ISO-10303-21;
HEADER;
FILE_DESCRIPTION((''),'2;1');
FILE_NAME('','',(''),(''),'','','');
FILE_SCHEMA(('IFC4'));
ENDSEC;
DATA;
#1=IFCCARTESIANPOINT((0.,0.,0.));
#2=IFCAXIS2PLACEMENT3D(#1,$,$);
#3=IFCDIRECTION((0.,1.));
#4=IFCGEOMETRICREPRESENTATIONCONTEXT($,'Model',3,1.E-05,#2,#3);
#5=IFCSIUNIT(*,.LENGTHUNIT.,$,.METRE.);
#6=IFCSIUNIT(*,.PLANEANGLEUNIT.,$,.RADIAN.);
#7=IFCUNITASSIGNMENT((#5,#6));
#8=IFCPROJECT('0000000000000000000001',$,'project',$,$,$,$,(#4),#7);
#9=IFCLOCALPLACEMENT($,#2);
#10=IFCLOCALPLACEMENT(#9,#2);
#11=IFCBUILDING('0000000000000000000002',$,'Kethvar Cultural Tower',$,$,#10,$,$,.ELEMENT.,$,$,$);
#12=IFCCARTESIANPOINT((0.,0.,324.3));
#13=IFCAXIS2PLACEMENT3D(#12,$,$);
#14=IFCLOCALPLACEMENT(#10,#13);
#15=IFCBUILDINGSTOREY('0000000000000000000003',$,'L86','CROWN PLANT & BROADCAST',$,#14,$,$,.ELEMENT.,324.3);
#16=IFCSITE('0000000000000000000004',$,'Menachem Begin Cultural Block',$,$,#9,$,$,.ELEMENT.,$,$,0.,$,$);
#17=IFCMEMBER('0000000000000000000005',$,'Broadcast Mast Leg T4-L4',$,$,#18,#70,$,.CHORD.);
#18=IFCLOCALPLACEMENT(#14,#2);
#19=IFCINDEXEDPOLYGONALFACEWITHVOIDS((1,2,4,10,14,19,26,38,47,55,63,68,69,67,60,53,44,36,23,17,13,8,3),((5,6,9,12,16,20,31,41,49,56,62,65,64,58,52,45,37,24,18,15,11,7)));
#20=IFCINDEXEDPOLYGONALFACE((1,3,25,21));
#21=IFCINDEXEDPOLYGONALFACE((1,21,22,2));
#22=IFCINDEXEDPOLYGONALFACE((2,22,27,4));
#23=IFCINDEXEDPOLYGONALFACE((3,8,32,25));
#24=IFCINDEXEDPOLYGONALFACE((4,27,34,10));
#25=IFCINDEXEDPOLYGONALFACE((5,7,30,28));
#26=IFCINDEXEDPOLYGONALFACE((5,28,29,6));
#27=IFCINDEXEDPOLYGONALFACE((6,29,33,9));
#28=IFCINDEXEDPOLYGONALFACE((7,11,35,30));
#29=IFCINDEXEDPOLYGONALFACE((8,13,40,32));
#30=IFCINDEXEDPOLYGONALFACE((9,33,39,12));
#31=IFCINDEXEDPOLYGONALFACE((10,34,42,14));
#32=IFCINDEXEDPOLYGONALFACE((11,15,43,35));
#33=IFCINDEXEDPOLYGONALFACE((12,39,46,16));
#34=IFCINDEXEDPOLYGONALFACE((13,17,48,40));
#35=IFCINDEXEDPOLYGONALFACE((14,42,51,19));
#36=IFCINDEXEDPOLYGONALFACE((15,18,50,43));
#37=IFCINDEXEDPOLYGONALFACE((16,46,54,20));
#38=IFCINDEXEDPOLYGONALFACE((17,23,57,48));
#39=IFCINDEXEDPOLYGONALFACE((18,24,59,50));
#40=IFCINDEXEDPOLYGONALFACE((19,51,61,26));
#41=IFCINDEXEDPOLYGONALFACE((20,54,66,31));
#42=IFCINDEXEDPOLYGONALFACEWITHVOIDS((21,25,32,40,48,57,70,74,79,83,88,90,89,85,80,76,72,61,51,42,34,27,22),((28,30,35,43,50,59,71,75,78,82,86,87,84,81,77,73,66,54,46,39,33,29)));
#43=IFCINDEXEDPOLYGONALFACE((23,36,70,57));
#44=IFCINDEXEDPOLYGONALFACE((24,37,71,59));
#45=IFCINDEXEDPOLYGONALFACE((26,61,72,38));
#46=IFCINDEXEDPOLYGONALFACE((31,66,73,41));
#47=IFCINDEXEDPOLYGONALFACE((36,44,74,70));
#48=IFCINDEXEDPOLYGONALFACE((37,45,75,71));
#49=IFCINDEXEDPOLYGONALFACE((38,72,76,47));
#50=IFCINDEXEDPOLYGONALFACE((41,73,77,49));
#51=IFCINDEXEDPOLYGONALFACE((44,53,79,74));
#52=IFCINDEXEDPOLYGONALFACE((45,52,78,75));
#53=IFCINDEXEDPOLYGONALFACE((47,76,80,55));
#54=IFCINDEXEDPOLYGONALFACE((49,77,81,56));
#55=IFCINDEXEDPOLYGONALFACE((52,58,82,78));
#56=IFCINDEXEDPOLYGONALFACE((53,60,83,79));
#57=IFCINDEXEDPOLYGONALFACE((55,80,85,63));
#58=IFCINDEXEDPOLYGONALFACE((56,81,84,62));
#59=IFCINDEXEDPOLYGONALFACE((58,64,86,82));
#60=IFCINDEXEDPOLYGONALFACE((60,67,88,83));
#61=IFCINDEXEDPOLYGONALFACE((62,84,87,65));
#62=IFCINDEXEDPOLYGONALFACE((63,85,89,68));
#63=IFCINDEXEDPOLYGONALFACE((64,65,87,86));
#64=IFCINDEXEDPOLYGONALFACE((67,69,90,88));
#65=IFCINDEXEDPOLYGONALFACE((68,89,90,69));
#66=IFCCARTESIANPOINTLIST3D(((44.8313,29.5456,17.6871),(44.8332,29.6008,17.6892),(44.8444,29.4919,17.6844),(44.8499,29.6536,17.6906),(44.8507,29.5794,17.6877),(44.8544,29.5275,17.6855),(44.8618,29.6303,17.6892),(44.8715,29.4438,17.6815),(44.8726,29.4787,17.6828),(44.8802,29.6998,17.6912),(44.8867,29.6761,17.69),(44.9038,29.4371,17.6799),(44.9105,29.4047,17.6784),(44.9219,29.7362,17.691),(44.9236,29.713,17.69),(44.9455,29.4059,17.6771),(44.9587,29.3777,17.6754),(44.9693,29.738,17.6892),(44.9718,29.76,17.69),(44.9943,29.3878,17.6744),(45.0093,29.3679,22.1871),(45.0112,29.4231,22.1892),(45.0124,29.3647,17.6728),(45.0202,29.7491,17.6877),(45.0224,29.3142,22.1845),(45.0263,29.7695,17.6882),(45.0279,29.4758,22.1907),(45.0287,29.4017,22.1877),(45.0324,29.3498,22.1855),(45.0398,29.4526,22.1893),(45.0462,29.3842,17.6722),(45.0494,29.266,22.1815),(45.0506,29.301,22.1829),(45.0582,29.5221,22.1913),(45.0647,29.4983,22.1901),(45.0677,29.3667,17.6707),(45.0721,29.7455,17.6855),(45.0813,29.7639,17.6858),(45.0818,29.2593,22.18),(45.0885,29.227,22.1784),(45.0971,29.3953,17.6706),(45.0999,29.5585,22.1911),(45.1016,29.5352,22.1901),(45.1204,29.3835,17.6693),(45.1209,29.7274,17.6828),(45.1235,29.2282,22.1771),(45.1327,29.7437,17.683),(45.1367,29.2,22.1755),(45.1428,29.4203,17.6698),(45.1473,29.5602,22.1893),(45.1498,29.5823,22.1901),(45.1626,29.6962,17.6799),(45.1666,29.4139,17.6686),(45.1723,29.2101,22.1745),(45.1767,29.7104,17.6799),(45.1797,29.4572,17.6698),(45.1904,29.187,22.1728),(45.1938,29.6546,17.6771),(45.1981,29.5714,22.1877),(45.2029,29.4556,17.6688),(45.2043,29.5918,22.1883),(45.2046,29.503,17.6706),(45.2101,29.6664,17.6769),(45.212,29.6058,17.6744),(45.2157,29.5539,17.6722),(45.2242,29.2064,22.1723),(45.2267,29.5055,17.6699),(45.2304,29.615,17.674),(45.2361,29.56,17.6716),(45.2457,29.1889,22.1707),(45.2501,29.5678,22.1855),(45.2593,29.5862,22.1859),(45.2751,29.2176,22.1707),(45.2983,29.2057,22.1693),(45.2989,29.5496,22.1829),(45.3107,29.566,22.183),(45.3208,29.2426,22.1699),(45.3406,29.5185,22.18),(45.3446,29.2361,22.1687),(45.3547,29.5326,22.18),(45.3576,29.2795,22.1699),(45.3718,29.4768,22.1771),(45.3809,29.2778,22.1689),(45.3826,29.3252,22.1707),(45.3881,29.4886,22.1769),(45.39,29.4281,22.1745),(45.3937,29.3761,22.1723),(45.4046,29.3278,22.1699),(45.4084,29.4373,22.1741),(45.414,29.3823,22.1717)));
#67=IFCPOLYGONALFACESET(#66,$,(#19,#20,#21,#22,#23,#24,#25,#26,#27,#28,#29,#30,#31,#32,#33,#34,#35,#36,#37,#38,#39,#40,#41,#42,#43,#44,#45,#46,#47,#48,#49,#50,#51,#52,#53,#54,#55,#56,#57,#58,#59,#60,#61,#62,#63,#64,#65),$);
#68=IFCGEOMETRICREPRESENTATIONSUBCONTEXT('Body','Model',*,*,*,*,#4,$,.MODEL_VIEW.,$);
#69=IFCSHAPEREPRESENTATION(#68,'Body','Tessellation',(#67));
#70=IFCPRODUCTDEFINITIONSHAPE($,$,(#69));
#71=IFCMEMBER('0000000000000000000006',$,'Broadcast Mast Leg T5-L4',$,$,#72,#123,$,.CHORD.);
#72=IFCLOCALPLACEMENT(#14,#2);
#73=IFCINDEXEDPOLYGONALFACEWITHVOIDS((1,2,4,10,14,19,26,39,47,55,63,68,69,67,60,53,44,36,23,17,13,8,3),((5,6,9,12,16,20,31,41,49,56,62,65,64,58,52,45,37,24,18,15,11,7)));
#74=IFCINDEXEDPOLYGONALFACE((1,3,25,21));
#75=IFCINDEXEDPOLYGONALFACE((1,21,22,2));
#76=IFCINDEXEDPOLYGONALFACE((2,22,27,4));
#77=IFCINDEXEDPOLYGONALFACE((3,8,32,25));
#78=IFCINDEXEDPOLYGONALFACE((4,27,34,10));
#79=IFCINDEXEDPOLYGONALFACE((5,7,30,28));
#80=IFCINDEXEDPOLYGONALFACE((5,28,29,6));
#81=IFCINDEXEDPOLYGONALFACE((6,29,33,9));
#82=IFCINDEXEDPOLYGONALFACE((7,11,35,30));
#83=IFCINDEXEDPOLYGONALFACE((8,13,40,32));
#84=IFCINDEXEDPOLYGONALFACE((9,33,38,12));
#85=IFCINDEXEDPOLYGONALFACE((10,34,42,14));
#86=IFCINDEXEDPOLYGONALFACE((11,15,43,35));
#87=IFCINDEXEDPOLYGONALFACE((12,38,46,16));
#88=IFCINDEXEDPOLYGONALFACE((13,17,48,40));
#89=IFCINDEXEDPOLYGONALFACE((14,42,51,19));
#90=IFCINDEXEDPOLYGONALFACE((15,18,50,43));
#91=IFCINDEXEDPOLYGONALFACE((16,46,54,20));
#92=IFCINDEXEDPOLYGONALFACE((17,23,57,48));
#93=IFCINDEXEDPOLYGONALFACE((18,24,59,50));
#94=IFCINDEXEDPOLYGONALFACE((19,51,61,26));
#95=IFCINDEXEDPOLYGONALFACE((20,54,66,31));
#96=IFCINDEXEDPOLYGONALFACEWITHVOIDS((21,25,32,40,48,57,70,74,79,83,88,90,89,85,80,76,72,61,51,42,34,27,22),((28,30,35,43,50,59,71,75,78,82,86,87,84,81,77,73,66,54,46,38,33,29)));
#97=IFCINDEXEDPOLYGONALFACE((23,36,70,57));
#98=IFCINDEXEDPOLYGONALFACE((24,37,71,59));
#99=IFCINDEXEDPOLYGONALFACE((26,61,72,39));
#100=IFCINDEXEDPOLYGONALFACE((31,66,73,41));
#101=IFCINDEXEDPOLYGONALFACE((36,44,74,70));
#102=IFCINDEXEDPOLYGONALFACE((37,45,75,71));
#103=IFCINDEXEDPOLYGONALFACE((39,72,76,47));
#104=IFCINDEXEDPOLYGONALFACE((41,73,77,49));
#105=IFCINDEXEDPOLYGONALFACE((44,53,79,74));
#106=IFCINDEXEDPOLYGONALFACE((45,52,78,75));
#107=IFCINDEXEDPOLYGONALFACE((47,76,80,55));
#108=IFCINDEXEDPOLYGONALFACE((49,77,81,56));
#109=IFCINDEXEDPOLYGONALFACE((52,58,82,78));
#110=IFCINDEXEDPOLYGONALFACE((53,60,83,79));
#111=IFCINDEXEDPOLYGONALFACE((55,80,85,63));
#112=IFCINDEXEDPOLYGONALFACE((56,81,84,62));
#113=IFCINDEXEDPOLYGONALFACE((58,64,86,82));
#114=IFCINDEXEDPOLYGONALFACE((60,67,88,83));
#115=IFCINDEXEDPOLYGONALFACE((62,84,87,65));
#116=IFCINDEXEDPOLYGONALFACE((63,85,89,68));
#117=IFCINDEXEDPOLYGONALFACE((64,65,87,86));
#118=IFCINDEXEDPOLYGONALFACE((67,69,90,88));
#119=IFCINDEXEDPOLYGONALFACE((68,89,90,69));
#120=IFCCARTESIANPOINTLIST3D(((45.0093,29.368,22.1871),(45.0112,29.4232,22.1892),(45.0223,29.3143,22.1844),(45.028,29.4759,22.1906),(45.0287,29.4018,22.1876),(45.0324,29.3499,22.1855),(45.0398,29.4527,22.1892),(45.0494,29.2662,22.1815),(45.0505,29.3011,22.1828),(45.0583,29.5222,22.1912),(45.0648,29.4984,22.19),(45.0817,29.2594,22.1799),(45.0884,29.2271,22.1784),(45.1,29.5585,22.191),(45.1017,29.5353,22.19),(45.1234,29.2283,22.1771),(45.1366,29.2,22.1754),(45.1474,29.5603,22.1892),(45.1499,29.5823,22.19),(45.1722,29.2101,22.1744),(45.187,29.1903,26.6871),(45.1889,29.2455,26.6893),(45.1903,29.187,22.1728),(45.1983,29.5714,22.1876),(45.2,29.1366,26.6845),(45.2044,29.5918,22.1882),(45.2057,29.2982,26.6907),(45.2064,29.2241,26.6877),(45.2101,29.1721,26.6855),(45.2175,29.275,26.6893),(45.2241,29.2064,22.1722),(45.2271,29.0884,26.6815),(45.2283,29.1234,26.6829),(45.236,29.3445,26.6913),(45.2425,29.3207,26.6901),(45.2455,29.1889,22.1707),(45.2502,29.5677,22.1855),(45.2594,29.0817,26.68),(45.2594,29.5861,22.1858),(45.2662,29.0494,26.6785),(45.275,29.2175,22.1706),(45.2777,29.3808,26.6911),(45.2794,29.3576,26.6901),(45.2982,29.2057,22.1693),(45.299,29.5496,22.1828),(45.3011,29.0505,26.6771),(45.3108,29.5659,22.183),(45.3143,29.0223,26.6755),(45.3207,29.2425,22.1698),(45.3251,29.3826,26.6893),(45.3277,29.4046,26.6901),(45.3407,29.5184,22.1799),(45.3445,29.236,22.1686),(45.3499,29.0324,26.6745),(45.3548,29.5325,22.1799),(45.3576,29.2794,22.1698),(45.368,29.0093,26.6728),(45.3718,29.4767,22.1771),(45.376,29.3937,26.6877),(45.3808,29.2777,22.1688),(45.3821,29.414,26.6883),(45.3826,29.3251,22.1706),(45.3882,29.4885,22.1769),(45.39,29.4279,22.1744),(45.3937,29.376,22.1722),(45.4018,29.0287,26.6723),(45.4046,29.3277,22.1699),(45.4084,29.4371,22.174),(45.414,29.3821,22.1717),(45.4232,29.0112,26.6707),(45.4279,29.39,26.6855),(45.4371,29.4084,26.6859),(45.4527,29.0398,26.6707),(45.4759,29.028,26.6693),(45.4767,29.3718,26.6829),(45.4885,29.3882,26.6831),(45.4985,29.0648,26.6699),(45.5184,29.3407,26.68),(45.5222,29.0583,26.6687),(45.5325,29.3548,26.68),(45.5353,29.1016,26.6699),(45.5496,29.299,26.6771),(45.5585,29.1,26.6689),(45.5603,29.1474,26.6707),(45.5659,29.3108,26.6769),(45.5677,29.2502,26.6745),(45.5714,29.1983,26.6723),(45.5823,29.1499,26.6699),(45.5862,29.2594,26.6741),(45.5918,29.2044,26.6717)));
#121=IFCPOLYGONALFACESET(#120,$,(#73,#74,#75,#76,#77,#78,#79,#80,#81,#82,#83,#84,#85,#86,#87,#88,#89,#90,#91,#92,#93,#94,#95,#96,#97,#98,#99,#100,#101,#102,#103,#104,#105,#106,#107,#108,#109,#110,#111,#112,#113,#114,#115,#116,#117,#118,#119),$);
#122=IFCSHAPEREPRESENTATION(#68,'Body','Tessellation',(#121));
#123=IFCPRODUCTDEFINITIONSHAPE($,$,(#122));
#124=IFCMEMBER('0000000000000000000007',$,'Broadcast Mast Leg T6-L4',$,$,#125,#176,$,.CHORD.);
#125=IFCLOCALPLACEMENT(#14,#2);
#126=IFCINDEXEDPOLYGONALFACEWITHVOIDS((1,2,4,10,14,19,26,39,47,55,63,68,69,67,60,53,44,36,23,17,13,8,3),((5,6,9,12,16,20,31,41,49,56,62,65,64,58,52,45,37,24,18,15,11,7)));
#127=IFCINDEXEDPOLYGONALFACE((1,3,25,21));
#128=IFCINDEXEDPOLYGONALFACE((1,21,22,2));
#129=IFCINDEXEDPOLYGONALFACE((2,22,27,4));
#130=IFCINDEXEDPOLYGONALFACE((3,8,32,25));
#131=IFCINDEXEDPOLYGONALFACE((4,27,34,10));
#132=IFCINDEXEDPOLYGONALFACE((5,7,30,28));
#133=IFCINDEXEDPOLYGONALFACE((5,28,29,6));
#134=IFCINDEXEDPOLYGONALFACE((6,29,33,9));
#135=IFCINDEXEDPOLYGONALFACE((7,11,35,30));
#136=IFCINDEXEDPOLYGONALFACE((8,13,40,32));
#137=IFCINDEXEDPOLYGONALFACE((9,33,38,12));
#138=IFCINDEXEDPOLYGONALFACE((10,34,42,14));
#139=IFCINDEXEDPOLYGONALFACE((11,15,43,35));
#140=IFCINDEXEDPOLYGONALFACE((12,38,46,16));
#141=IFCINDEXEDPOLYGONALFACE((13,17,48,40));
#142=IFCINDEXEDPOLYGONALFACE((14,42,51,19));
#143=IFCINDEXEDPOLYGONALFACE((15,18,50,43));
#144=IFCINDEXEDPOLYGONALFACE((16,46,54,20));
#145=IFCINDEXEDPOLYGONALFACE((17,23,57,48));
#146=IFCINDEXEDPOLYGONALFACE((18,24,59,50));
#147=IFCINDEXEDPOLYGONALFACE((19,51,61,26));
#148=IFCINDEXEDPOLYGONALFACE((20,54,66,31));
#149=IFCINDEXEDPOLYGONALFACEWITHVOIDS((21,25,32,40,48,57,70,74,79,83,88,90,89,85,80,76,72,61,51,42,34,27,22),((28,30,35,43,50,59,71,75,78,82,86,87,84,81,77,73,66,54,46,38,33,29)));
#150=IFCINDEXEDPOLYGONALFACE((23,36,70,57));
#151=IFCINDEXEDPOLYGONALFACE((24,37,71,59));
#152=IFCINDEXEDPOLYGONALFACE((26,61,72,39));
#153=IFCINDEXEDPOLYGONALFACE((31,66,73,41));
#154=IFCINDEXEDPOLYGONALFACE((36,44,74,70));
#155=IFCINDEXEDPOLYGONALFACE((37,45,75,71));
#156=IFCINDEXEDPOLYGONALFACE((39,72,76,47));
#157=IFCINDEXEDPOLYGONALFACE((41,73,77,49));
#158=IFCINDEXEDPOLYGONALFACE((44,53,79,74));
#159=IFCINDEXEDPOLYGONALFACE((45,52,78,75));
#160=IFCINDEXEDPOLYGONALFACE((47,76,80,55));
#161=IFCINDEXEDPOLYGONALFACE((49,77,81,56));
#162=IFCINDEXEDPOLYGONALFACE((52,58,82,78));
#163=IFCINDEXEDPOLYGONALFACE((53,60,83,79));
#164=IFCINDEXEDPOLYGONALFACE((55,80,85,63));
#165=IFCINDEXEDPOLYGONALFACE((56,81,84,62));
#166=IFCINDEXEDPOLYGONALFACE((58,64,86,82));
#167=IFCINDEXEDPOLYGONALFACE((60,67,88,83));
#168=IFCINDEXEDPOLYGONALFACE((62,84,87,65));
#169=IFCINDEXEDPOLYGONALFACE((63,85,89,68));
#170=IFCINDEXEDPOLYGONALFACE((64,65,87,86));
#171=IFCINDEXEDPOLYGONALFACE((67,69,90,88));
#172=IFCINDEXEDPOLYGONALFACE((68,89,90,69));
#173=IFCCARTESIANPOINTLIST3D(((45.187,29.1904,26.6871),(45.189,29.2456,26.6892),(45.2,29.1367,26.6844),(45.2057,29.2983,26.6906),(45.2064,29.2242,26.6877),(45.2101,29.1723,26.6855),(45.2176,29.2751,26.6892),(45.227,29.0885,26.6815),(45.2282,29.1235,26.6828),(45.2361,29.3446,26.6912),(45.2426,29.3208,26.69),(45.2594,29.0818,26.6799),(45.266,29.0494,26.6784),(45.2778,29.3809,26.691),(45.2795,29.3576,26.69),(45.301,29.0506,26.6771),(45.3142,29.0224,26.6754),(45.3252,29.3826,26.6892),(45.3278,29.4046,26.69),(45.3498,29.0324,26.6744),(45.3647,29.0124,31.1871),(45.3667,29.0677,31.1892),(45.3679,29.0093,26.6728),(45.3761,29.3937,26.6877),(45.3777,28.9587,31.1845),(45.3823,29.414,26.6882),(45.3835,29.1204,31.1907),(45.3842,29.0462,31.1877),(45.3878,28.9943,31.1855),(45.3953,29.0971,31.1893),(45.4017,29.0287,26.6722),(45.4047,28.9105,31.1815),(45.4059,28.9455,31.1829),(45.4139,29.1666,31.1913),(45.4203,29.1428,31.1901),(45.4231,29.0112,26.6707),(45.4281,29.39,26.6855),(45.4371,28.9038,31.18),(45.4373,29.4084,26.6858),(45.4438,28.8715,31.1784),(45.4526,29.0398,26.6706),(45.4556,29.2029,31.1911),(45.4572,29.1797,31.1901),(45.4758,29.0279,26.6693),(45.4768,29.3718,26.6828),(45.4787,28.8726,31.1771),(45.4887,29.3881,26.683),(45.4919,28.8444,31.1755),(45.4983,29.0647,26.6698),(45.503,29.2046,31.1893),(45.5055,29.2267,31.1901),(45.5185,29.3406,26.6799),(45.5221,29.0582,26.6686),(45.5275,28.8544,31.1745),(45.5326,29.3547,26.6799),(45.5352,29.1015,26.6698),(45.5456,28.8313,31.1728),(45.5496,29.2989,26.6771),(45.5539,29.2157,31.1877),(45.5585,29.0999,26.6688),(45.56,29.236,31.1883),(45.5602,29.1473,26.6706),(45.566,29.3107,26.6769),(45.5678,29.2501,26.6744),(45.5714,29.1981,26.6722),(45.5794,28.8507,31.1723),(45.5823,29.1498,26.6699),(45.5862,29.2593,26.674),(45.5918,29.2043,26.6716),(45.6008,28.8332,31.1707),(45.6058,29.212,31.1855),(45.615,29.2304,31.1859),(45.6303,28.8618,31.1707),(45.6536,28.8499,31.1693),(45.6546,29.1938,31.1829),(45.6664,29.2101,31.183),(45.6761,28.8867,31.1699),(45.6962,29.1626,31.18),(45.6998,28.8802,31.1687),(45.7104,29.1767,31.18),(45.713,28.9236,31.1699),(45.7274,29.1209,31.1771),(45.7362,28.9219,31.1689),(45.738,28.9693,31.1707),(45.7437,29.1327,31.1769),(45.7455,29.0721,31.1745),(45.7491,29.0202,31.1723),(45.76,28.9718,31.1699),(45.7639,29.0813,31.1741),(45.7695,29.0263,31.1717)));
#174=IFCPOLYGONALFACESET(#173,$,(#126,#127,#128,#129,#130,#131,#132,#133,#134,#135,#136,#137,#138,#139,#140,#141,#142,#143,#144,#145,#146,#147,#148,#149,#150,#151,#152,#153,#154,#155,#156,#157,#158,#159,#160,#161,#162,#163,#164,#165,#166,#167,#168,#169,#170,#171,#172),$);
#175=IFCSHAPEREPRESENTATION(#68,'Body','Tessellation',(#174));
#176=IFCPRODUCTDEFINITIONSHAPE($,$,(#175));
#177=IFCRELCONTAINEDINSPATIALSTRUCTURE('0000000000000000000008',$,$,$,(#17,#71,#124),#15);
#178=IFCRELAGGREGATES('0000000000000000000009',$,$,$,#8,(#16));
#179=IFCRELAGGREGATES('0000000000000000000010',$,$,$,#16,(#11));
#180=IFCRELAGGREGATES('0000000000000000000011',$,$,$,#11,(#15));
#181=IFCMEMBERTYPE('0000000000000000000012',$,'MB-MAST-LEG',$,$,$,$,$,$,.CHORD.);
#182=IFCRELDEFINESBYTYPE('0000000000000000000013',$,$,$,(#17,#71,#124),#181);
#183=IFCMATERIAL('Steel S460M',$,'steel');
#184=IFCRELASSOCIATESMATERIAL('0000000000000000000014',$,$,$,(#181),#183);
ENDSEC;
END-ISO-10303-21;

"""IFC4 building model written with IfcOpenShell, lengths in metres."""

from ifc_helpers import new_model, si_unit, direction, frame, origin, origin_2d, place, context, subcontext, project, spatial, hollow_circle, extrude, source, transform, mapped, material, material_profile, profile_set, type_object, element, save


model = new_model("IFC4")

# Units and contexts
model_context = context("Model", 3, precision=1e-05, world=origin(), true_north=direction((0.0, 1.0)))
body_context = subcontext(model_context, "Body", "Model", "MODEL_VIEW")
ifc_project = project(units=[si_unit("LENGTHUNIT", "METRE"), si_unit("PLANEANGLEUNIT", "RADIAN")], contexts=[model_context])

# Site, building, storey
site_placement = place(None, origin())
site = spatial("IfcSite", under=ifc_project, at=site_placement, Name="Menachem Begin Cultural Block", CompositionType="ELEMENT", RefElevation=0.0)
building_placement = place(site_placement, origin())
building = spatial("IfcBuilding", under=site, at=building_placement, Name="Kethvar Cultural Tower", CompositionType="ELEMENT")
storey_placement = place(building_placement, frame((0.0, 0.0, 324.3)))
storey = spatial("IfcBuildingStorey", under=building, at=storey_placement, Name="L86", Description="CROWN PLANT & BROADCAST", CompositionType="ELEMENT", Elevation=324.3)

# Members
ifc_material_1 = material(Name="Steel S460M", Category="steel")
ifc_material_profile_1 = material_profile(ifc_material_1, hollow_circle(Radius=0.2031, WallThickness=0.02, at=origin_2d()), Name="Steel S460M — CHS406x20")
ifc_profile_set_1 = profile_set([ifc_material_profile_1], Name="Steel S460M — CHS406x20")
member_type_1 = type_object("IfcMemberType", Name="MB-MAST-LEG", PredefinedType="CHORD", material=ifc_profile_set_1)
shared_shape_1 = source(origin(), body_context, "Body", "SweptSolid", [
    extrude(hollow_circle(Radius=0.2031, WallThickness=0.02, at=origin_2d()), origin(), (0.0, 0.0, 1.0), 4.5071),
])
for number, where, z_axis, x_axis, name in (
    (1, (45.0332, 29.5667, 17.6799), (0.039489, -0.039435, 0.998442), (0.706621, 0.707592, 0.0), "Broadcast Mast Leg T4-L4"),
    (2, (45.2112, 29.3889, 22.1799), (0.039435, -0.039435, 0.998444), (0.707107, 0.707107, 0.0), "Broadcast Mast Leg T5-L4"),
    (3, (45.3889, 29.2112, 26.6799), (0.039435, -0.039489, 0.998442), (0.707592, 0.706621, 0.0), "Broadcast Mast Leg T6-L4"),
):
    element("IfcMember", number, at=place(storey_placement, frame(where, z_axis=z_axis, x_axis=x_axis)), inside=storey, type_object=member_type_1, Name=name, PredefinedType="CHORD", context=body_context, shape_type="MappedRepresentation", body=[
        mapped(shared_shape_1, transform((0.0, 0.0, 0.0), scale=1.0)),
    ])

save(model, "model.ifc")
